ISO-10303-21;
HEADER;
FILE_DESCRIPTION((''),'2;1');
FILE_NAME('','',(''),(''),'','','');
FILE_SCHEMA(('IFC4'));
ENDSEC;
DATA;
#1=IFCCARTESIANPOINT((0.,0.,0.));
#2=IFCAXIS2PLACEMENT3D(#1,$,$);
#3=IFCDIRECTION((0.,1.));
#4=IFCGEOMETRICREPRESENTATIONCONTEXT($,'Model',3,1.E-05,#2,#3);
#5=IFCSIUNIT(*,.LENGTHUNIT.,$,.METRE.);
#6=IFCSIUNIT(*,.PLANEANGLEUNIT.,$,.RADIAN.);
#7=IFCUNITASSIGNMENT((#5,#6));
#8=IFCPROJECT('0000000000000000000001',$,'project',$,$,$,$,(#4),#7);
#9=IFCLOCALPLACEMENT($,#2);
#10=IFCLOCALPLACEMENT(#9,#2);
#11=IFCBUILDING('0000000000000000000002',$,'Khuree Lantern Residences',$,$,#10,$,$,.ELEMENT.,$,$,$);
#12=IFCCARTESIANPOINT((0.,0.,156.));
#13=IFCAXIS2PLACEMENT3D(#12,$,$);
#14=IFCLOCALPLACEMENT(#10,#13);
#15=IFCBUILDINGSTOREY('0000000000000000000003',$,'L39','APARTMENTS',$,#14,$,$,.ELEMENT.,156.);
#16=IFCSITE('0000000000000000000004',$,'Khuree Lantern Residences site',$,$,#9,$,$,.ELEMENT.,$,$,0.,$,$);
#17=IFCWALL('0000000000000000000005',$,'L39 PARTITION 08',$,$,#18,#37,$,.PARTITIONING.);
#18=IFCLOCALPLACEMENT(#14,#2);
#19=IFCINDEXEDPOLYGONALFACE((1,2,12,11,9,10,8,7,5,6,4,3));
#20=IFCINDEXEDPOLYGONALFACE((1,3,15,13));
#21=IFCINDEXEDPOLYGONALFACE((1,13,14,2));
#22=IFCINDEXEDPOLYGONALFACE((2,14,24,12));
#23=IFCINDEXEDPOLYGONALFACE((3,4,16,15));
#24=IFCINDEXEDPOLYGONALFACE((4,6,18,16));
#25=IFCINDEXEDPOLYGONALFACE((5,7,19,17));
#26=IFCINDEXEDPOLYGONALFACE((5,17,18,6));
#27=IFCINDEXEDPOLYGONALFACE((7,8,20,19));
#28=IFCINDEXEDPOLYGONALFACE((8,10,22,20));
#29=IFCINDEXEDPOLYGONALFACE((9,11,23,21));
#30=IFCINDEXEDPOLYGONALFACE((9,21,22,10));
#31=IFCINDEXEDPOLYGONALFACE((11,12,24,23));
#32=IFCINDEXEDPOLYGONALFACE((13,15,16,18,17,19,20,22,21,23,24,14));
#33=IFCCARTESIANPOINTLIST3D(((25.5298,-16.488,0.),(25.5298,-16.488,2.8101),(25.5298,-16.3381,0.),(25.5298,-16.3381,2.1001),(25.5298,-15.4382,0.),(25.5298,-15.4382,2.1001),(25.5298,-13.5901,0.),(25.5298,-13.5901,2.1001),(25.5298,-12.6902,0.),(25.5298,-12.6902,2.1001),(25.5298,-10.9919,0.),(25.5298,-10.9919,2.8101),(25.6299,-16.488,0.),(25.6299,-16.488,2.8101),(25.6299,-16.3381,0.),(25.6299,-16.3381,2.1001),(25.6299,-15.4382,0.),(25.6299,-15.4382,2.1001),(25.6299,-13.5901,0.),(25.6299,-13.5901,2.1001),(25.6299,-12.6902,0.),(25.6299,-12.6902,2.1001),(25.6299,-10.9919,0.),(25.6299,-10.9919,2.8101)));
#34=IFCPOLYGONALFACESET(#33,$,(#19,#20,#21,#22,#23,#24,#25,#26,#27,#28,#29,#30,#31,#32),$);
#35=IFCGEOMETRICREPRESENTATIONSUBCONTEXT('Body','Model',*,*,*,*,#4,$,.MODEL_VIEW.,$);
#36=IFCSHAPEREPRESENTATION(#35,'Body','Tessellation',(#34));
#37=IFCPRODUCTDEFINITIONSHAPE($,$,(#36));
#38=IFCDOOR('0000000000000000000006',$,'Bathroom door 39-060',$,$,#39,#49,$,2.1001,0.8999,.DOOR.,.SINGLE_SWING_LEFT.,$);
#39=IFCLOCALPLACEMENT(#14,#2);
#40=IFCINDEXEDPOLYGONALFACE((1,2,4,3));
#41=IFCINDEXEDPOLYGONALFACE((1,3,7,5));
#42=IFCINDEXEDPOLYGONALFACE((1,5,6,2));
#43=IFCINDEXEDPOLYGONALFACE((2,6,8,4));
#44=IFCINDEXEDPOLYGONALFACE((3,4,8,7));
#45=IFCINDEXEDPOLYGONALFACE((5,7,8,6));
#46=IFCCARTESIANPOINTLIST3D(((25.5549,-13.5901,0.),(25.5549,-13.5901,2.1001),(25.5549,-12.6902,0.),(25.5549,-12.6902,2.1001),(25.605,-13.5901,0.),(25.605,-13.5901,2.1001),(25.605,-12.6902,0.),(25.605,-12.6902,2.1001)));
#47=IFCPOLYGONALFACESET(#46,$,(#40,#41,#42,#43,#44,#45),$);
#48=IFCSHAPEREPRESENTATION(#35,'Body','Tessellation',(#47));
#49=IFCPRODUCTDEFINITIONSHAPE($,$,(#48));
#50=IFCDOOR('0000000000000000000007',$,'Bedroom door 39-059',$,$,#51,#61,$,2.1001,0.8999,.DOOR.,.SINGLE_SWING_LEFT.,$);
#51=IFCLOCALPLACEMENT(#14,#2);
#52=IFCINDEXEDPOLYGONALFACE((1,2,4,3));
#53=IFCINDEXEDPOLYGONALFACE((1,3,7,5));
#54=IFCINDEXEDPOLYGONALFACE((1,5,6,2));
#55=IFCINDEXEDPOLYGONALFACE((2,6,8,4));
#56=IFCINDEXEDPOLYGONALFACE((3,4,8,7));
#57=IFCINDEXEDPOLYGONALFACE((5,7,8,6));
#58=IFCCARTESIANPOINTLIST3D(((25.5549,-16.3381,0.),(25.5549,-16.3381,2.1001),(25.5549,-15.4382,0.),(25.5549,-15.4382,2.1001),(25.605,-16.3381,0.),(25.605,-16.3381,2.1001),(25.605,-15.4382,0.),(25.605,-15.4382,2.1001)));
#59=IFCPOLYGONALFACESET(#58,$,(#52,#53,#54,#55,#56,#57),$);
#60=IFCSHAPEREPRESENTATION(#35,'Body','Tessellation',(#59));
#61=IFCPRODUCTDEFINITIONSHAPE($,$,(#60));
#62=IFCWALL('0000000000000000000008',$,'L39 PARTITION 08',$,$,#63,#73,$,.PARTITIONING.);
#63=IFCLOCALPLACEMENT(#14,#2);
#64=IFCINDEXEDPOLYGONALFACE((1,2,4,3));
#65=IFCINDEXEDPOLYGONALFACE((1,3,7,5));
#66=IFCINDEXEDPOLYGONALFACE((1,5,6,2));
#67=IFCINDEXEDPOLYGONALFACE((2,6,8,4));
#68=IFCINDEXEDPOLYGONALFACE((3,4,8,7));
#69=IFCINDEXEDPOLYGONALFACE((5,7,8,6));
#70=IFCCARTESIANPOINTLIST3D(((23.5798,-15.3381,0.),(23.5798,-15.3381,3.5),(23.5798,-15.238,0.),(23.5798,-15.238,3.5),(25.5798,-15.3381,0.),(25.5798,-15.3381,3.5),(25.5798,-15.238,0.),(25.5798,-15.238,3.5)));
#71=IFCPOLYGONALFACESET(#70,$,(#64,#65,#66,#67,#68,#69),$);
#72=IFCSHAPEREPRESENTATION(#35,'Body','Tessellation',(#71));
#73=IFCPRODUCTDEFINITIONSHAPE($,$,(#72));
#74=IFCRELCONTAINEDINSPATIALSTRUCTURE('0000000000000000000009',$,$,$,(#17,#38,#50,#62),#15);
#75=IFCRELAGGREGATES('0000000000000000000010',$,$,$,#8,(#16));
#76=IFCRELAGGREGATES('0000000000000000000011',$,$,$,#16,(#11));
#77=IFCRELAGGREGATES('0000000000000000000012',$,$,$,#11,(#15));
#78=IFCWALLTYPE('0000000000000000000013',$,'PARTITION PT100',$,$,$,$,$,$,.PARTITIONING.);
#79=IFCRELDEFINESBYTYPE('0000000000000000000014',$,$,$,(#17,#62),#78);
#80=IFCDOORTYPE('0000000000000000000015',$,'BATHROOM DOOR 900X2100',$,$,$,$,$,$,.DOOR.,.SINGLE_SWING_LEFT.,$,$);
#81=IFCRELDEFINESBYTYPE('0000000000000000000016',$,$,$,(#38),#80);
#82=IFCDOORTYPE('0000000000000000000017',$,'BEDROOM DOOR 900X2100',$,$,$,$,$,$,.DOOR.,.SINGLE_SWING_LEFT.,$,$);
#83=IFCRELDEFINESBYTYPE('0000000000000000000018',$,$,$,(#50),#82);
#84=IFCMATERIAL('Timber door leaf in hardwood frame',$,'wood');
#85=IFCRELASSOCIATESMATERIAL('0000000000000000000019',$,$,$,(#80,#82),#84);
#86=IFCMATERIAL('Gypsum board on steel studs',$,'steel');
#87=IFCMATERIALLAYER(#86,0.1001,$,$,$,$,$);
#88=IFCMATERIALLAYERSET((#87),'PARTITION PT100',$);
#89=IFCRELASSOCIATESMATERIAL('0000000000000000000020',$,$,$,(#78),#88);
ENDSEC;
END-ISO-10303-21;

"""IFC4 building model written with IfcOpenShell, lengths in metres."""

from ifc_helpers import new_model, si_unit, direction, frame, frame_2d, origin, place, context, subcontext, project, spatial, rectangle, extrude, material, layer, layer_set, type_object, element, fill, save


model = new_model("IFC4")

# Units and contexts
model_context = context("Model", 3, precision=1e-05, world=origin(), true_north=direction((0.0, 1.0)))
body_context = subcontext(model_context, "Body", "Model", "MODEL_VIEW")
ifc_project = project(units=[si_unit("LENGTHUNIT", "METRE"), si_unit("PLANEANGLEUNIT", "RADIAN")], contexts=[model_context])

# Site, building, storey
site_placement = place(None, origin())
site = spatial("IfcSite", under=ifc_project, at=site_placement, Name="Khuree Lantern Residences site", CompositionType="ELEMENT", RefElevation=0.0)
building_placement = place(site_placement, origin())
building = spatial("IfcBuilding", under=site, at=building_placement, Name="Khuree Lantern Residences", CompositionType="ELEMENT")
storey_placement = place(building_placement, frame((0.0, 0.0, 156.0)))
storey = spatial("IfcBuildingStorey", under=building, at=storey_placement, Name="L39", Description="APARTMENTS", CompositionType="ELEMENT", Elevation=156.0)

# Shared definitions
ifc_material_1 = material(Name="Timber door leaf in hardwood frame", Category="wood")
door_type_1 = type_object("IfcDoorType", Name="BATHROOM DOOR 900X2100", OperationType="SINGLE_SWING_LEFT", PredefinedType="DOOR", material=ifc_material_1)

# Shared definitions
ifc_material_2 = material(Name="Gypsum board on steel studs", Category="steel")
ifc_layer_1 = layer(ifc_material_2, 0.1001)
ifc_layer_set_1 = layer_set([ifc_layer_1], Name="PARTITION PT100")
wall_type_1 = type_object("IfcWallType", Name="PARTITION PT100", PredefinedType="PARTITIONING", material=ifc_layer_set_1)

# Shared definitions
door_type_2 = type_object("IfcDoorType", Name="BEDROOM DOOR 900X2100", OperationType="SINGLE_SWING_LEFT", PredefinedType="DOOR", material=ifc_material_1)

# Wall, openings, doors
wall_1_placement = place(storey_placement, frame((25.5798, -16.488, 0.0), z_axis=(0.0, 0.0, 1.0), x_axis=(0.0, 1.0, 0.0)))
wall_1 = element("IfcWall", 1, at=wall_1_placement, inside=storey, type_object=wall_type_1, Name="L39 PARTITION 08", PredefinedType="PARTITIONING", context=body_context, shape_type="SweptSolid", body=[
    extrude(rectangle(XDim=5.4961, YDim=0.1001, at=frame_2d((2.748, 0.0))), origin(), (0.0, 0.0, 1.0), 2.8101),
])
opening_1_placement = place(wall_1_placement, frame((0.1499, 0.0, 0.0)))
opening_1 = element("IfcOpeningElement", 2, at=opening_1_placement, cuts=wall_1, PredefinedType="OPENING", context=body_context, shape_type="SweptSolid", body=[
    extrude(rectangle(XDim=0.8999, YDim=2.1001, at=frame_2d((0.45, 1.05))), frame((0.0, 0.0601, 0.0), z_axis=(0.0, -1.0, 0.0), x_axis=(1.0, 0.0, 0.0)), (0.0, 0.0, 1.0), 0.1201),
])
opening_2_placement = place(wall_1_placement, frame((2.8979, 0.0, 0.0)))
opening_2 = element("IfcOpeningElement", 3, at=opening_2_placement, cuts=wall_1, PredefinedType="OPENING", context=body_context, shape_type="SweptSolid", body=[
    extrude(rectangle(XDim=0.8999, YDim=2.1001, at=frame_2d((0.45, 1.05))), frame((0.0, 0.0601, 0.0), z_axis=(0.0, -1.0, 0.0), x_axis=(1.0, 0.0, 0.0)), (0.0, 0.0, 1.0), 0.1201),
])
door_1_placement = place(opening_2_placement, origin())
door_1 = element("IfcDoor", 4, at=door_1_placement, inside=storey, type_object=door_type_1, Name="Bathroom door 39-060", OperationType="SINGLE_SWING_LEFT", OverallHeight=2.1001, OverallWidth=0.8999, PredefinedType="DOOR", context=body_context, shape_type="SweptSolid", body=[
    extrude(rectangle(XDim=0.8999, YDim=2.1001, at=frame_2d((0.45, 1.05))), frame((0.0, 0.0249, 0.0), z_axis=(0.0, -1.0, 0.0), x_axis=(1.0, 0.0, 0.0)), (0.0, 0.0, 1.0), 0.05),
])
fill(opening_2, door_1)
door_2_placement = place(opening_1_placement, origin())
door_2 = element("IfcDoor", 5, at=door_2_placement, inside=storey, type_object=door_type_2, Name="Bedroom door 39-059", OperationType="SINGLE_SWING_LEFT", OverallHeight=2.1001, OverallWidth=0.8999, PredefinedType="DOOR", context=body_context, shape_type="SweptSolid", body=[
    extrude(rectangle(XDim=0.8999, YDim=2.1001, at=frame_2d((0.45, 1.05))), frame((0.0, 0.0249, 0.0), z_axis=(0.0, -1.0, 0.0), x_axis=(1.0, 0.0, 0.0)), (0.0, 0.0, 1.0), 0.05),
])
fill(opening_1, door_2)

# Wall
wall_2_placement = place(storey_placement, frame((23.5798, -15.2881, 0.0), z_axis=(0.0, 0.0, 1.0), x_axis=(1.0, 0.0, 0.0)))
element("IfcWall", 6, at=wall_2_placement, inside=storey, type_object=wall_type_1, Name="L39 PARTITION 08", PredefinedType="PARTITIONING", context=body_context, shape_type="SweptSolid", body=[
    extrude(rectangle(XDim=2.0, YDim=0.1001, at=frame_2d((1.0, 0.0))), origin(), (0.0, 0.0, 1.0), 3.5),
])

save(model, "model.ifc")
